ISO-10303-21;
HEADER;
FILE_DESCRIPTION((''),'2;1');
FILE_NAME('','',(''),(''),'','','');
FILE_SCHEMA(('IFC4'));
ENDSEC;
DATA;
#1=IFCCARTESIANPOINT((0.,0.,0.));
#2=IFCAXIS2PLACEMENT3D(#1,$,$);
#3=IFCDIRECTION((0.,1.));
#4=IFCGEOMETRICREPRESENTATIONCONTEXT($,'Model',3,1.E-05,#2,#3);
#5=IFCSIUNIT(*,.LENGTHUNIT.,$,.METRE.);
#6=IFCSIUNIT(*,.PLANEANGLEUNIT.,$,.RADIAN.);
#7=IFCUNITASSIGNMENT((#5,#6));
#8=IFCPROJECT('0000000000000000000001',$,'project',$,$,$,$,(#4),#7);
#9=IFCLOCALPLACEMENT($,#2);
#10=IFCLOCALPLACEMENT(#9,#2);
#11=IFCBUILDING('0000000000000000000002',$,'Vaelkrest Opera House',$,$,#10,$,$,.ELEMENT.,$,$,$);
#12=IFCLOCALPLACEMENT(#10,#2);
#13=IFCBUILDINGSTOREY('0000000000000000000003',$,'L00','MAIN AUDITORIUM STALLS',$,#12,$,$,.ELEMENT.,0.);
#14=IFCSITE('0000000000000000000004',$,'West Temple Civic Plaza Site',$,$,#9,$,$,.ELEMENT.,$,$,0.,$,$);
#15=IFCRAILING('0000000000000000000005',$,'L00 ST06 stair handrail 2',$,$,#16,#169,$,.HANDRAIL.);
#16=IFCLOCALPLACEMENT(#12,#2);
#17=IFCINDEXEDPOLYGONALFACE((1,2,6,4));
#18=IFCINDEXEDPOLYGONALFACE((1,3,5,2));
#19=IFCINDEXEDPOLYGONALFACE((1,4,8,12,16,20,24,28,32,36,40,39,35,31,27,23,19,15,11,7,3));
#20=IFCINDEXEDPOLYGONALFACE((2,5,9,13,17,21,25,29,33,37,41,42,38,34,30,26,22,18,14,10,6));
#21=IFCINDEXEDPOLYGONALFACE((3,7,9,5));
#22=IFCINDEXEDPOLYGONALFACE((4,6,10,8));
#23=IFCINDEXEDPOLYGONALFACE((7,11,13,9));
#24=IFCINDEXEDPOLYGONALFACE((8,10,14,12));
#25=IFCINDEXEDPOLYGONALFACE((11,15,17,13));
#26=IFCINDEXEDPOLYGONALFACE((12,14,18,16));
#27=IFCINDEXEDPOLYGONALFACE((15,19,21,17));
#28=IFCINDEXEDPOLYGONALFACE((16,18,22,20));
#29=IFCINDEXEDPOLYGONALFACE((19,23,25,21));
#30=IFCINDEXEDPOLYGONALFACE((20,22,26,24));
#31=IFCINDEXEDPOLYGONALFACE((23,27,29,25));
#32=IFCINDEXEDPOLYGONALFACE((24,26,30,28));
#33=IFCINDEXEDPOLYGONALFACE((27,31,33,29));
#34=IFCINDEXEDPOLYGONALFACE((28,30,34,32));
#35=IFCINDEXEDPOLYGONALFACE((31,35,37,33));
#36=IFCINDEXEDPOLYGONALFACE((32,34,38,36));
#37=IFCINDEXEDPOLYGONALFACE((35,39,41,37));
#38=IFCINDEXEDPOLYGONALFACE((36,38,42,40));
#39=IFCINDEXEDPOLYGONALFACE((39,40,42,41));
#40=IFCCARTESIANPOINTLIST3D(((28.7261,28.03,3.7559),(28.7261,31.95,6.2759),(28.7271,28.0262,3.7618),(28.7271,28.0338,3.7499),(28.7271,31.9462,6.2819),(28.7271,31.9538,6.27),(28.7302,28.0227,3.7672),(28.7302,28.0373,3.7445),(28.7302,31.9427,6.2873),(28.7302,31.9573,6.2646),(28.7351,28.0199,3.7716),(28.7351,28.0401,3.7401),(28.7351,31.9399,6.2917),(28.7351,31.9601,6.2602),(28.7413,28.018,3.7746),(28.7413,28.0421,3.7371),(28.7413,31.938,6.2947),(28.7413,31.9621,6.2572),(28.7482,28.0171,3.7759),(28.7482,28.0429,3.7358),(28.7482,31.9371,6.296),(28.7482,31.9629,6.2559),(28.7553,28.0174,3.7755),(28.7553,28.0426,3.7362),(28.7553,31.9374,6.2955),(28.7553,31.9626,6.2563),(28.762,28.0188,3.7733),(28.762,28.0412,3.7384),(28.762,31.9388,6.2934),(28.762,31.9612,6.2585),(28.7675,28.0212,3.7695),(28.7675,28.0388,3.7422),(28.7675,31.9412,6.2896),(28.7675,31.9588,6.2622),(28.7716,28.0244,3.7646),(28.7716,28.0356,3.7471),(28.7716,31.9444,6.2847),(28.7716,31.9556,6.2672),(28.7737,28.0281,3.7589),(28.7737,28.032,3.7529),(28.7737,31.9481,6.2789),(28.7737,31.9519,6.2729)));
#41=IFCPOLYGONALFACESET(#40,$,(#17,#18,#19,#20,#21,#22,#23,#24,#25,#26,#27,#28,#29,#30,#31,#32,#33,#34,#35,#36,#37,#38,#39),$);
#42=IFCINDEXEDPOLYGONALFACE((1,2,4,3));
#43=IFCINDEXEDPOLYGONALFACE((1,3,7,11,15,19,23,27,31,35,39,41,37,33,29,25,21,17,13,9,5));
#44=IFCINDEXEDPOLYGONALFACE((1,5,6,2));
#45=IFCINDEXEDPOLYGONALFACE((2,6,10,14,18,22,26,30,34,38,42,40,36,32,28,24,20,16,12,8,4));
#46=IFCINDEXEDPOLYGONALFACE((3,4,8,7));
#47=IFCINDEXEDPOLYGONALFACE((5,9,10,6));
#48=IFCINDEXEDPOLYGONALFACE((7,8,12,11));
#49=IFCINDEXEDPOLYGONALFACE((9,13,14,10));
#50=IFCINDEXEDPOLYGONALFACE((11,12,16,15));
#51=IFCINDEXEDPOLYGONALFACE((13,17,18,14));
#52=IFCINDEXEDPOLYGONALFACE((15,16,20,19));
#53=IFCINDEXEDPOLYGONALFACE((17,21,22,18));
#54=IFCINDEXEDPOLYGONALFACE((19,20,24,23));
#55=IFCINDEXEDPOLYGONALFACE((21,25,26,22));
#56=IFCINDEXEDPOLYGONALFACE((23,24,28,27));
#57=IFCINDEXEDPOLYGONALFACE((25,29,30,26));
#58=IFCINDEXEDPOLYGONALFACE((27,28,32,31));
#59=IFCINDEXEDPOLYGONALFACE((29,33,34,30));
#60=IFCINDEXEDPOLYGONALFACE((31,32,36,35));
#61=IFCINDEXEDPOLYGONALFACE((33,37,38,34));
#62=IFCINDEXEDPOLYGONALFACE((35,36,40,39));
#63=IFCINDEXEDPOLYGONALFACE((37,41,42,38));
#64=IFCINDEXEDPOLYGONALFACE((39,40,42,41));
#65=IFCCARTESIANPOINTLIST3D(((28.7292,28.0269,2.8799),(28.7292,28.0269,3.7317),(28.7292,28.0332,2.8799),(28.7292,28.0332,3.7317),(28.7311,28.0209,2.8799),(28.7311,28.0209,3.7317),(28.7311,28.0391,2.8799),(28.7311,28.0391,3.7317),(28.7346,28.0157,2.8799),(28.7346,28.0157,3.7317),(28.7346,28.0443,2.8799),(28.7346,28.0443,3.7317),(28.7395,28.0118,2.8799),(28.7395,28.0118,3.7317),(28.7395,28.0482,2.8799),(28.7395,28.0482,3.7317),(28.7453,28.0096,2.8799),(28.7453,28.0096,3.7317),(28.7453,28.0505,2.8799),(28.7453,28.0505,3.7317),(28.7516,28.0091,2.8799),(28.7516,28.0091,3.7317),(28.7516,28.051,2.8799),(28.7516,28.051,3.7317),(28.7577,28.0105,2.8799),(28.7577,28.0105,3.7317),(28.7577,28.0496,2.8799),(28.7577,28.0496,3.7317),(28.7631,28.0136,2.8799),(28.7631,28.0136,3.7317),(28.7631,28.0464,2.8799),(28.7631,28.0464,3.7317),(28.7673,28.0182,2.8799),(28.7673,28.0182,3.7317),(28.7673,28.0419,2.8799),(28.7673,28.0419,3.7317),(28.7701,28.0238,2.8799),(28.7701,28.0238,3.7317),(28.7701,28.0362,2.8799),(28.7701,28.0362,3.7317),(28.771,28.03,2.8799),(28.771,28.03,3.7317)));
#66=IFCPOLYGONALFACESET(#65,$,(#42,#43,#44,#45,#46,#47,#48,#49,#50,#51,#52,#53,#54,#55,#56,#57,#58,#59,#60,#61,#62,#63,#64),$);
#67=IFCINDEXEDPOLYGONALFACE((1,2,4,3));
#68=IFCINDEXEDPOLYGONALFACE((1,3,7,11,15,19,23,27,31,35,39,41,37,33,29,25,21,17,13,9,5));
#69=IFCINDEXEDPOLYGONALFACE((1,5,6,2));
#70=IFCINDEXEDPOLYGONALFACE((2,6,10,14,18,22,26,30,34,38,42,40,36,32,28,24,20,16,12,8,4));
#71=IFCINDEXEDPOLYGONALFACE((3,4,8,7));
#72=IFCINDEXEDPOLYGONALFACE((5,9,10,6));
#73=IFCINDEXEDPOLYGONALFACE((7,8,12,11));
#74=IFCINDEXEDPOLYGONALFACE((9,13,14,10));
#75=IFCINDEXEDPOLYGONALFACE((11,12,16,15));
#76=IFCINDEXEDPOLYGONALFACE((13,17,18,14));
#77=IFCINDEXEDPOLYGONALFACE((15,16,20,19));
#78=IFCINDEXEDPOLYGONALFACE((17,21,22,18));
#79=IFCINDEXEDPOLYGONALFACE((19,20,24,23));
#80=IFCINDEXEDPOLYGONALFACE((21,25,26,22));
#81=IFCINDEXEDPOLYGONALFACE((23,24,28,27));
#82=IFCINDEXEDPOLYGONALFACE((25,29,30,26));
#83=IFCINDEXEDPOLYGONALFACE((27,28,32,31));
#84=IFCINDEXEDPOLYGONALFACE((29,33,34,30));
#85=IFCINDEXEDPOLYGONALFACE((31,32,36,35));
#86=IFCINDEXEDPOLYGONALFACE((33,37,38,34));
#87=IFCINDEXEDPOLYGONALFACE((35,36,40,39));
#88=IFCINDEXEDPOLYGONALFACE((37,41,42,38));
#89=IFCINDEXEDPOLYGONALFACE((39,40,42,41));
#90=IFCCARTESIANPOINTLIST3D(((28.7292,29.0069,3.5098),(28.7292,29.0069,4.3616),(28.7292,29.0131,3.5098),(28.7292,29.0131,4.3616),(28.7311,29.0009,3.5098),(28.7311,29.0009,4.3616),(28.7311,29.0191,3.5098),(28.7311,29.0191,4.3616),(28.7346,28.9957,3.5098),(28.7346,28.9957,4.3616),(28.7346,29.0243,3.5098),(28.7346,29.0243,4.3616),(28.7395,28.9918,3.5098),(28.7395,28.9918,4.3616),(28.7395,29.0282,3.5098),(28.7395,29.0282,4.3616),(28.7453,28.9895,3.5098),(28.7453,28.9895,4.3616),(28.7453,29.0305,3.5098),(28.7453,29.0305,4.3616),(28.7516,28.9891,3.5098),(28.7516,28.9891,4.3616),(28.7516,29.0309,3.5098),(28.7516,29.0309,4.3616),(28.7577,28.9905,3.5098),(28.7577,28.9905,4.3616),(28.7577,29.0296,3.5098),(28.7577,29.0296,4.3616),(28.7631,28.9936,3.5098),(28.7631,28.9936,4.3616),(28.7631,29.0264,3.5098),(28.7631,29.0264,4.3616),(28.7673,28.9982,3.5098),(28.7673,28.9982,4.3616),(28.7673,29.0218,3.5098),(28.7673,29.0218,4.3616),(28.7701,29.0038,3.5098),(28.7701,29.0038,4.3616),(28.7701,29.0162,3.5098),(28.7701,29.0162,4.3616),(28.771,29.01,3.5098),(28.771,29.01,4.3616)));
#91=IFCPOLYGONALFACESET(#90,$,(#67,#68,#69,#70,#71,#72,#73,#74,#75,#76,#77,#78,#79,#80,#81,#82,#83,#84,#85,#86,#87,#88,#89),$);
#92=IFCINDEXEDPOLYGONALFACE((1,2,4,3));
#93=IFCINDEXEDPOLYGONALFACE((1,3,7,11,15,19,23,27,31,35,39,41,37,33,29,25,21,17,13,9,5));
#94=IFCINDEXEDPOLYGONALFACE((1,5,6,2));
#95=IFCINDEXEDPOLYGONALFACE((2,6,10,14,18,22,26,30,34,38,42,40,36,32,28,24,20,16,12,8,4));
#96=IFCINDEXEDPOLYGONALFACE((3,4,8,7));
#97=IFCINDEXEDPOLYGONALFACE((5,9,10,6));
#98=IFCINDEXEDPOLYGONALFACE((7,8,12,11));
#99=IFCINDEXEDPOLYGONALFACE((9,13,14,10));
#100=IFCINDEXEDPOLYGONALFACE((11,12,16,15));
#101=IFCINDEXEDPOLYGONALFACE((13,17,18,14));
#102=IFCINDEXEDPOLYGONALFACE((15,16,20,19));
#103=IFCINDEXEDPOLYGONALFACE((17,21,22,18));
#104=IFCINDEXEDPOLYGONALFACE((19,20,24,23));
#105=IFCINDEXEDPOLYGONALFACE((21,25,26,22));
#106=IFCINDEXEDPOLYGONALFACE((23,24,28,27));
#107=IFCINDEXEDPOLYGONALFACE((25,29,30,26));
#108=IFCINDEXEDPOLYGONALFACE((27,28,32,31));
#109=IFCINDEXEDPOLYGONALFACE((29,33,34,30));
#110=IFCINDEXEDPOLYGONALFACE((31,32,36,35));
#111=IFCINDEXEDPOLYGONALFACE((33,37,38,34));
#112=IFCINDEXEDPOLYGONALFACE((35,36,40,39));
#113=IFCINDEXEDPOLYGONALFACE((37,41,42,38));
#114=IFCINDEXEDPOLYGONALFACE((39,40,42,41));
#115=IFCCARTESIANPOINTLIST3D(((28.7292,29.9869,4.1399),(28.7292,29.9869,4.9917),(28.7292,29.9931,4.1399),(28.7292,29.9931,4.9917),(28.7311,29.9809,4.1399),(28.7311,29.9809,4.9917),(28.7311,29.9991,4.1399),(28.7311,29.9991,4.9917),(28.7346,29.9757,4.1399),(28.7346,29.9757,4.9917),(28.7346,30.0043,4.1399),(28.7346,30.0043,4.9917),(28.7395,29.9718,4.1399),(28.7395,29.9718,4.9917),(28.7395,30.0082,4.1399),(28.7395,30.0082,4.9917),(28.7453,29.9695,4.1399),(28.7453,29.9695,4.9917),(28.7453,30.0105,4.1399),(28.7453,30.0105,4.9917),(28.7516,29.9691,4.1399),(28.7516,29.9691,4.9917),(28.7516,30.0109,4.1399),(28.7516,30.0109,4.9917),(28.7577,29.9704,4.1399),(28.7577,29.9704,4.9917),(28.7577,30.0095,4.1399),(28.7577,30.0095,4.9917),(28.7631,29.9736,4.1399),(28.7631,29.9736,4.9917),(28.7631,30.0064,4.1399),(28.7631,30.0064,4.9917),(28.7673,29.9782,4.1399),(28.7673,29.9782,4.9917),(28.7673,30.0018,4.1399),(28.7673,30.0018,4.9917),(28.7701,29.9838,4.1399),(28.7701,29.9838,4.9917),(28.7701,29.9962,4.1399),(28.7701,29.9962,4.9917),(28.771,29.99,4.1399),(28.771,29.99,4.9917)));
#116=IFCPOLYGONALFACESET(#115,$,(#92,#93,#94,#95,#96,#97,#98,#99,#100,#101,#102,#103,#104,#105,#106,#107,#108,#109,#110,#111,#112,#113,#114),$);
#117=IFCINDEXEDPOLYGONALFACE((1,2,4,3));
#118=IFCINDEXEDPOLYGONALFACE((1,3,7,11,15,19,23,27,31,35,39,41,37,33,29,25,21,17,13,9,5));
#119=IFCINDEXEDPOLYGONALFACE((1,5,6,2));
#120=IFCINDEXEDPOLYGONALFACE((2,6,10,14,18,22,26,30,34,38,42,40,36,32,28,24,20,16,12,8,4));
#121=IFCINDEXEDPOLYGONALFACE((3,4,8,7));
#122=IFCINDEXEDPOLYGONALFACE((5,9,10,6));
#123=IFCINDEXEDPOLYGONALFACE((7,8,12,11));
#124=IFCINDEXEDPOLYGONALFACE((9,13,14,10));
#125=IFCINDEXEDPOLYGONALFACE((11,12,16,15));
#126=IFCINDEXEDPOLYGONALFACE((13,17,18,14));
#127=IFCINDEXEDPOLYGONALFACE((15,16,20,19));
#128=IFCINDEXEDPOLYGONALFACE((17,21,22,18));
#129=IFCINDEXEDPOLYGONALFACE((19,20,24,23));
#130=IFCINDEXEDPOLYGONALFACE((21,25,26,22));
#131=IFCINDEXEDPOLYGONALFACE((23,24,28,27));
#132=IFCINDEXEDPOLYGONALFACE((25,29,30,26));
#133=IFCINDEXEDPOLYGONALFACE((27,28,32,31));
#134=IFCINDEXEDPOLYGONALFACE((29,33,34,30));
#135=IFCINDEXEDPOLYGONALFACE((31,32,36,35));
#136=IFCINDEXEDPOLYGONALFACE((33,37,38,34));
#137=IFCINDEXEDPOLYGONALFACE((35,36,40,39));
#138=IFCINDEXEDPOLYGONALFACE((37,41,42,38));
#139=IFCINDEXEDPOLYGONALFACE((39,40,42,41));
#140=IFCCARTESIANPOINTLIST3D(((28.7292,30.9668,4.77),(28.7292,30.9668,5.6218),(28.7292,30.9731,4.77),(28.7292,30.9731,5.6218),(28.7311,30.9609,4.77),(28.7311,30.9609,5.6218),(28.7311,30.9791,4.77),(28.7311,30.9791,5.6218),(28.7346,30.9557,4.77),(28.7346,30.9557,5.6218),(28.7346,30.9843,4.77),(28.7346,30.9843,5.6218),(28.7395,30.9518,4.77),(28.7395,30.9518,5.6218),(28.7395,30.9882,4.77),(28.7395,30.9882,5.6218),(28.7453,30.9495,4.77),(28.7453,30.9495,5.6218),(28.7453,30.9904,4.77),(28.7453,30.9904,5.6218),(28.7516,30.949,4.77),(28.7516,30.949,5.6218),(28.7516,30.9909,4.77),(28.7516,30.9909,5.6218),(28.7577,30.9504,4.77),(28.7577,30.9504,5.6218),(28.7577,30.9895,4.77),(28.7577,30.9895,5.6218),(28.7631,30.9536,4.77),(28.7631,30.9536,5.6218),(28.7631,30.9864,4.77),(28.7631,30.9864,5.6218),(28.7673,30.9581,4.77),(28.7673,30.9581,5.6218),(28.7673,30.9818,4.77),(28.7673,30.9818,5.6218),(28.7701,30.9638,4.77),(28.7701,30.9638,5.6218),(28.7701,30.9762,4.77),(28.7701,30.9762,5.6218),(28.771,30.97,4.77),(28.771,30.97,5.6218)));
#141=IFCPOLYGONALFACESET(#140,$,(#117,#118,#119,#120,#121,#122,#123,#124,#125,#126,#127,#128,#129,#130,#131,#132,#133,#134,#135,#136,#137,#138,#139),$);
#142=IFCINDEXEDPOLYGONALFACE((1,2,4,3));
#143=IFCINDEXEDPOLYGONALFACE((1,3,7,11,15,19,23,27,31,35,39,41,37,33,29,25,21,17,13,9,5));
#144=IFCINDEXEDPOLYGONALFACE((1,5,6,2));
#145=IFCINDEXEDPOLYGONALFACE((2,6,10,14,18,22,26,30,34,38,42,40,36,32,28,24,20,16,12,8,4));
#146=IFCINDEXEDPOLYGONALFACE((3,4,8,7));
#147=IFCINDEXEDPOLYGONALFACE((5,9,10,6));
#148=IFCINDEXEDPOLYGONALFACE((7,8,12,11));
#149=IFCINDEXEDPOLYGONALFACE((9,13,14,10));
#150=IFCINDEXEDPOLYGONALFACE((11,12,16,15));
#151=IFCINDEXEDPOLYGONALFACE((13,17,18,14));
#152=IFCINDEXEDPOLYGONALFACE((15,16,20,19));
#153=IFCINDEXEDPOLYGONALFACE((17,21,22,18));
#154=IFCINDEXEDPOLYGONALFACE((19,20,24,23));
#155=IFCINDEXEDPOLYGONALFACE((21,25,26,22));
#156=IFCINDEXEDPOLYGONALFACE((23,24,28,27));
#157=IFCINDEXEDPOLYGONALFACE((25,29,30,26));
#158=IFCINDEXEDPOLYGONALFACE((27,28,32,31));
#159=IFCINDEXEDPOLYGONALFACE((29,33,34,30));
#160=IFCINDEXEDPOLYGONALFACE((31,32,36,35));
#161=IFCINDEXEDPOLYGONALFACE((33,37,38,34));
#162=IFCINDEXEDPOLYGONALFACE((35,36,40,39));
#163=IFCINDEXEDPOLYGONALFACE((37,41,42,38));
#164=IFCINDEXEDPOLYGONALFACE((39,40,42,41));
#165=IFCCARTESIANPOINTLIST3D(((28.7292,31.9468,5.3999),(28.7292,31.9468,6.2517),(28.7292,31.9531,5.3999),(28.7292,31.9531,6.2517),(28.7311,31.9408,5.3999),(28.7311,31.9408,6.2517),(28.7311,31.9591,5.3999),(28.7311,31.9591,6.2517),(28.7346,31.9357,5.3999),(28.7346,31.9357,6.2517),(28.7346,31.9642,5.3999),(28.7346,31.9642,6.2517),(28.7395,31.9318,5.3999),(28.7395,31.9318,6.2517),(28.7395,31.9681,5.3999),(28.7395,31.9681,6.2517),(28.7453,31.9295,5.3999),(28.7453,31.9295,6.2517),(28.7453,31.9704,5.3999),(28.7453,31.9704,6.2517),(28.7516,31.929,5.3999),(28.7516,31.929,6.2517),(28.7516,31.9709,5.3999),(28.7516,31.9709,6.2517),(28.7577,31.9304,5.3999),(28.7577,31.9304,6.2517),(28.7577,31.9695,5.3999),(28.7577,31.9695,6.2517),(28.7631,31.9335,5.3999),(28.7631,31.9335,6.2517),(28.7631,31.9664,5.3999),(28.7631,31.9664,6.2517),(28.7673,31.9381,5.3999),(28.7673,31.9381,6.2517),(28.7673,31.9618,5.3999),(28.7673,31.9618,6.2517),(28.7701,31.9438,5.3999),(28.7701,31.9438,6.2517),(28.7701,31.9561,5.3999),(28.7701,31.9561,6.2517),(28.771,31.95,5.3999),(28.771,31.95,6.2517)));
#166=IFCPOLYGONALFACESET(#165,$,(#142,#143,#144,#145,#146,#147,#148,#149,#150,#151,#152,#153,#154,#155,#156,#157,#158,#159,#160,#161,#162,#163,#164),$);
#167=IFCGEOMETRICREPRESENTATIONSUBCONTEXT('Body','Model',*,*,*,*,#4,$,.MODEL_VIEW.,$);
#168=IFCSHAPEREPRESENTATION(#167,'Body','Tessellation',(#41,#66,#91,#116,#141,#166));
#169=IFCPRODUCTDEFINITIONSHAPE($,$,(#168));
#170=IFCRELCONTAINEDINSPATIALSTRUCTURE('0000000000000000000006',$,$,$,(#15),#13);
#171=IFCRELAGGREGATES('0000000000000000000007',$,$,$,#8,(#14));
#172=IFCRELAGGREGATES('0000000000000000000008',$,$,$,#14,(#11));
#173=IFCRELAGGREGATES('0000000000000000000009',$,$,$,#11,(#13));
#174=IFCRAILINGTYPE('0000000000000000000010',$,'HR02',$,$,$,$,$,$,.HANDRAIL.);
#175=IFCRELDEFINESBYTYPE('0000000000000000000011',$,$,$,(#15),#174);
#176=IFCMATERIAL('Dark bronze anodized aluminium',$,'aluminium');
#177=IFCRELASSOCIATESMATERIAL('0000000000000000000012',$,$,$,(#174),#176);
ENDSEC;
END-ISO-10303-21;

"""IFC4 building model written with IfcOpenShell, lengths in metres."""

from ifc_helpers import new_model, si_unit, direction, frame, origin, origin_2d, place, context, subcontext, project, spatial, circle, extrude, material, type_object, element, save


model = new_model("IFC4")

# Units and contexts
model_context = context("Model", 3, precision=1e-05, world=origin(), true_north=direction((0.0, 1.0)))
body_context = subcontext(model_context, "Body", "Model", "MODEL_VIEW")
ifc_project = project(units=[si_unit("LENGTHUNIT", "METRE"), si_unit("PLANEANGLEUNIT", "RADIAN")], contexts=[model_context])

# Site, building, storey
site_placement = place(None, origin())
site = spatial("IfcSite", under=ifc_project, at=site_placement, Name="West Temple Civic Plaza Site", CompositionType="ELEMENT", RefElevation=0.0)
building_placement = place(site_placement, origin())
building = spatial("IfcBuilding", under=site, at=building_placement, Name="Vaelkrest Opera House", CompositionType="ELEMENT")
storey_placement = place(building_placement, origin())
storey = spatial("IfcBuildingStorey", under=building, at=storey_placement, Name="L00", Description="MAIN AUDITORIUM STALLS", CompositionType="ELEMENT", Elevation=0.0)

# Railing
ifc_material_1 = material(Name="Dark bronze anodized aluminium", Category="aluminium")
railing_type_1 = type_object("IfcRailingType", Name="HR02", PredefinedType="HANDRAIL", material=ifc_material_1)
railing_1_placement = place(storey_placement, frame((28.75, 28.03, 2.8799)))
element("IfcRailing", 1, at=railing_1_placement, inside=storey, type_object=railing_type_1, Name="L00 ST06 stair handrail 2", PredefinedType="HANDRAIL", context=body_context, shape_type="SweptSolid", body=[
    extrude(circle(Radius=0.0239, at=origin_2d()), frame((0.0, 0.0, 0.876), z_axis=(0.0, 0.841172, 0.540768), x_axis=(-1.0, 0.0, 0.0)), (0.0, 0.0, 1.0), 4.6602),
    extrude(circle(Radius=0.021, at=origin_2d()), origin(), (0.0, 0.0, 1.0), 0.8518),
    extrude(circle(Radius=0.021, at=origin_2d()), frame((0.0, 0.98, 0.6299)), (0.0, 0.0, 1.0), 0.8518),
    extrude(circle(Radius=0.021, at=origin_2d()), frame((0.0, 1.96, 1.26)), (0.0, 0.0, 1.0), 0.8518),
    extrude(circle(Radius=0.021, at=origin_2d()), frame((0.0, 2.9399, 1.8901)), (0.0, 0.0, 1.0), 0.8518),
    extrude(circle(Radius=0.021, at=origin_2d()), frame((0.0, 3.9199, 2.52)), (0.0, 0.0, 1.0), 0.8518),
])

save(model, "model.ifc")
